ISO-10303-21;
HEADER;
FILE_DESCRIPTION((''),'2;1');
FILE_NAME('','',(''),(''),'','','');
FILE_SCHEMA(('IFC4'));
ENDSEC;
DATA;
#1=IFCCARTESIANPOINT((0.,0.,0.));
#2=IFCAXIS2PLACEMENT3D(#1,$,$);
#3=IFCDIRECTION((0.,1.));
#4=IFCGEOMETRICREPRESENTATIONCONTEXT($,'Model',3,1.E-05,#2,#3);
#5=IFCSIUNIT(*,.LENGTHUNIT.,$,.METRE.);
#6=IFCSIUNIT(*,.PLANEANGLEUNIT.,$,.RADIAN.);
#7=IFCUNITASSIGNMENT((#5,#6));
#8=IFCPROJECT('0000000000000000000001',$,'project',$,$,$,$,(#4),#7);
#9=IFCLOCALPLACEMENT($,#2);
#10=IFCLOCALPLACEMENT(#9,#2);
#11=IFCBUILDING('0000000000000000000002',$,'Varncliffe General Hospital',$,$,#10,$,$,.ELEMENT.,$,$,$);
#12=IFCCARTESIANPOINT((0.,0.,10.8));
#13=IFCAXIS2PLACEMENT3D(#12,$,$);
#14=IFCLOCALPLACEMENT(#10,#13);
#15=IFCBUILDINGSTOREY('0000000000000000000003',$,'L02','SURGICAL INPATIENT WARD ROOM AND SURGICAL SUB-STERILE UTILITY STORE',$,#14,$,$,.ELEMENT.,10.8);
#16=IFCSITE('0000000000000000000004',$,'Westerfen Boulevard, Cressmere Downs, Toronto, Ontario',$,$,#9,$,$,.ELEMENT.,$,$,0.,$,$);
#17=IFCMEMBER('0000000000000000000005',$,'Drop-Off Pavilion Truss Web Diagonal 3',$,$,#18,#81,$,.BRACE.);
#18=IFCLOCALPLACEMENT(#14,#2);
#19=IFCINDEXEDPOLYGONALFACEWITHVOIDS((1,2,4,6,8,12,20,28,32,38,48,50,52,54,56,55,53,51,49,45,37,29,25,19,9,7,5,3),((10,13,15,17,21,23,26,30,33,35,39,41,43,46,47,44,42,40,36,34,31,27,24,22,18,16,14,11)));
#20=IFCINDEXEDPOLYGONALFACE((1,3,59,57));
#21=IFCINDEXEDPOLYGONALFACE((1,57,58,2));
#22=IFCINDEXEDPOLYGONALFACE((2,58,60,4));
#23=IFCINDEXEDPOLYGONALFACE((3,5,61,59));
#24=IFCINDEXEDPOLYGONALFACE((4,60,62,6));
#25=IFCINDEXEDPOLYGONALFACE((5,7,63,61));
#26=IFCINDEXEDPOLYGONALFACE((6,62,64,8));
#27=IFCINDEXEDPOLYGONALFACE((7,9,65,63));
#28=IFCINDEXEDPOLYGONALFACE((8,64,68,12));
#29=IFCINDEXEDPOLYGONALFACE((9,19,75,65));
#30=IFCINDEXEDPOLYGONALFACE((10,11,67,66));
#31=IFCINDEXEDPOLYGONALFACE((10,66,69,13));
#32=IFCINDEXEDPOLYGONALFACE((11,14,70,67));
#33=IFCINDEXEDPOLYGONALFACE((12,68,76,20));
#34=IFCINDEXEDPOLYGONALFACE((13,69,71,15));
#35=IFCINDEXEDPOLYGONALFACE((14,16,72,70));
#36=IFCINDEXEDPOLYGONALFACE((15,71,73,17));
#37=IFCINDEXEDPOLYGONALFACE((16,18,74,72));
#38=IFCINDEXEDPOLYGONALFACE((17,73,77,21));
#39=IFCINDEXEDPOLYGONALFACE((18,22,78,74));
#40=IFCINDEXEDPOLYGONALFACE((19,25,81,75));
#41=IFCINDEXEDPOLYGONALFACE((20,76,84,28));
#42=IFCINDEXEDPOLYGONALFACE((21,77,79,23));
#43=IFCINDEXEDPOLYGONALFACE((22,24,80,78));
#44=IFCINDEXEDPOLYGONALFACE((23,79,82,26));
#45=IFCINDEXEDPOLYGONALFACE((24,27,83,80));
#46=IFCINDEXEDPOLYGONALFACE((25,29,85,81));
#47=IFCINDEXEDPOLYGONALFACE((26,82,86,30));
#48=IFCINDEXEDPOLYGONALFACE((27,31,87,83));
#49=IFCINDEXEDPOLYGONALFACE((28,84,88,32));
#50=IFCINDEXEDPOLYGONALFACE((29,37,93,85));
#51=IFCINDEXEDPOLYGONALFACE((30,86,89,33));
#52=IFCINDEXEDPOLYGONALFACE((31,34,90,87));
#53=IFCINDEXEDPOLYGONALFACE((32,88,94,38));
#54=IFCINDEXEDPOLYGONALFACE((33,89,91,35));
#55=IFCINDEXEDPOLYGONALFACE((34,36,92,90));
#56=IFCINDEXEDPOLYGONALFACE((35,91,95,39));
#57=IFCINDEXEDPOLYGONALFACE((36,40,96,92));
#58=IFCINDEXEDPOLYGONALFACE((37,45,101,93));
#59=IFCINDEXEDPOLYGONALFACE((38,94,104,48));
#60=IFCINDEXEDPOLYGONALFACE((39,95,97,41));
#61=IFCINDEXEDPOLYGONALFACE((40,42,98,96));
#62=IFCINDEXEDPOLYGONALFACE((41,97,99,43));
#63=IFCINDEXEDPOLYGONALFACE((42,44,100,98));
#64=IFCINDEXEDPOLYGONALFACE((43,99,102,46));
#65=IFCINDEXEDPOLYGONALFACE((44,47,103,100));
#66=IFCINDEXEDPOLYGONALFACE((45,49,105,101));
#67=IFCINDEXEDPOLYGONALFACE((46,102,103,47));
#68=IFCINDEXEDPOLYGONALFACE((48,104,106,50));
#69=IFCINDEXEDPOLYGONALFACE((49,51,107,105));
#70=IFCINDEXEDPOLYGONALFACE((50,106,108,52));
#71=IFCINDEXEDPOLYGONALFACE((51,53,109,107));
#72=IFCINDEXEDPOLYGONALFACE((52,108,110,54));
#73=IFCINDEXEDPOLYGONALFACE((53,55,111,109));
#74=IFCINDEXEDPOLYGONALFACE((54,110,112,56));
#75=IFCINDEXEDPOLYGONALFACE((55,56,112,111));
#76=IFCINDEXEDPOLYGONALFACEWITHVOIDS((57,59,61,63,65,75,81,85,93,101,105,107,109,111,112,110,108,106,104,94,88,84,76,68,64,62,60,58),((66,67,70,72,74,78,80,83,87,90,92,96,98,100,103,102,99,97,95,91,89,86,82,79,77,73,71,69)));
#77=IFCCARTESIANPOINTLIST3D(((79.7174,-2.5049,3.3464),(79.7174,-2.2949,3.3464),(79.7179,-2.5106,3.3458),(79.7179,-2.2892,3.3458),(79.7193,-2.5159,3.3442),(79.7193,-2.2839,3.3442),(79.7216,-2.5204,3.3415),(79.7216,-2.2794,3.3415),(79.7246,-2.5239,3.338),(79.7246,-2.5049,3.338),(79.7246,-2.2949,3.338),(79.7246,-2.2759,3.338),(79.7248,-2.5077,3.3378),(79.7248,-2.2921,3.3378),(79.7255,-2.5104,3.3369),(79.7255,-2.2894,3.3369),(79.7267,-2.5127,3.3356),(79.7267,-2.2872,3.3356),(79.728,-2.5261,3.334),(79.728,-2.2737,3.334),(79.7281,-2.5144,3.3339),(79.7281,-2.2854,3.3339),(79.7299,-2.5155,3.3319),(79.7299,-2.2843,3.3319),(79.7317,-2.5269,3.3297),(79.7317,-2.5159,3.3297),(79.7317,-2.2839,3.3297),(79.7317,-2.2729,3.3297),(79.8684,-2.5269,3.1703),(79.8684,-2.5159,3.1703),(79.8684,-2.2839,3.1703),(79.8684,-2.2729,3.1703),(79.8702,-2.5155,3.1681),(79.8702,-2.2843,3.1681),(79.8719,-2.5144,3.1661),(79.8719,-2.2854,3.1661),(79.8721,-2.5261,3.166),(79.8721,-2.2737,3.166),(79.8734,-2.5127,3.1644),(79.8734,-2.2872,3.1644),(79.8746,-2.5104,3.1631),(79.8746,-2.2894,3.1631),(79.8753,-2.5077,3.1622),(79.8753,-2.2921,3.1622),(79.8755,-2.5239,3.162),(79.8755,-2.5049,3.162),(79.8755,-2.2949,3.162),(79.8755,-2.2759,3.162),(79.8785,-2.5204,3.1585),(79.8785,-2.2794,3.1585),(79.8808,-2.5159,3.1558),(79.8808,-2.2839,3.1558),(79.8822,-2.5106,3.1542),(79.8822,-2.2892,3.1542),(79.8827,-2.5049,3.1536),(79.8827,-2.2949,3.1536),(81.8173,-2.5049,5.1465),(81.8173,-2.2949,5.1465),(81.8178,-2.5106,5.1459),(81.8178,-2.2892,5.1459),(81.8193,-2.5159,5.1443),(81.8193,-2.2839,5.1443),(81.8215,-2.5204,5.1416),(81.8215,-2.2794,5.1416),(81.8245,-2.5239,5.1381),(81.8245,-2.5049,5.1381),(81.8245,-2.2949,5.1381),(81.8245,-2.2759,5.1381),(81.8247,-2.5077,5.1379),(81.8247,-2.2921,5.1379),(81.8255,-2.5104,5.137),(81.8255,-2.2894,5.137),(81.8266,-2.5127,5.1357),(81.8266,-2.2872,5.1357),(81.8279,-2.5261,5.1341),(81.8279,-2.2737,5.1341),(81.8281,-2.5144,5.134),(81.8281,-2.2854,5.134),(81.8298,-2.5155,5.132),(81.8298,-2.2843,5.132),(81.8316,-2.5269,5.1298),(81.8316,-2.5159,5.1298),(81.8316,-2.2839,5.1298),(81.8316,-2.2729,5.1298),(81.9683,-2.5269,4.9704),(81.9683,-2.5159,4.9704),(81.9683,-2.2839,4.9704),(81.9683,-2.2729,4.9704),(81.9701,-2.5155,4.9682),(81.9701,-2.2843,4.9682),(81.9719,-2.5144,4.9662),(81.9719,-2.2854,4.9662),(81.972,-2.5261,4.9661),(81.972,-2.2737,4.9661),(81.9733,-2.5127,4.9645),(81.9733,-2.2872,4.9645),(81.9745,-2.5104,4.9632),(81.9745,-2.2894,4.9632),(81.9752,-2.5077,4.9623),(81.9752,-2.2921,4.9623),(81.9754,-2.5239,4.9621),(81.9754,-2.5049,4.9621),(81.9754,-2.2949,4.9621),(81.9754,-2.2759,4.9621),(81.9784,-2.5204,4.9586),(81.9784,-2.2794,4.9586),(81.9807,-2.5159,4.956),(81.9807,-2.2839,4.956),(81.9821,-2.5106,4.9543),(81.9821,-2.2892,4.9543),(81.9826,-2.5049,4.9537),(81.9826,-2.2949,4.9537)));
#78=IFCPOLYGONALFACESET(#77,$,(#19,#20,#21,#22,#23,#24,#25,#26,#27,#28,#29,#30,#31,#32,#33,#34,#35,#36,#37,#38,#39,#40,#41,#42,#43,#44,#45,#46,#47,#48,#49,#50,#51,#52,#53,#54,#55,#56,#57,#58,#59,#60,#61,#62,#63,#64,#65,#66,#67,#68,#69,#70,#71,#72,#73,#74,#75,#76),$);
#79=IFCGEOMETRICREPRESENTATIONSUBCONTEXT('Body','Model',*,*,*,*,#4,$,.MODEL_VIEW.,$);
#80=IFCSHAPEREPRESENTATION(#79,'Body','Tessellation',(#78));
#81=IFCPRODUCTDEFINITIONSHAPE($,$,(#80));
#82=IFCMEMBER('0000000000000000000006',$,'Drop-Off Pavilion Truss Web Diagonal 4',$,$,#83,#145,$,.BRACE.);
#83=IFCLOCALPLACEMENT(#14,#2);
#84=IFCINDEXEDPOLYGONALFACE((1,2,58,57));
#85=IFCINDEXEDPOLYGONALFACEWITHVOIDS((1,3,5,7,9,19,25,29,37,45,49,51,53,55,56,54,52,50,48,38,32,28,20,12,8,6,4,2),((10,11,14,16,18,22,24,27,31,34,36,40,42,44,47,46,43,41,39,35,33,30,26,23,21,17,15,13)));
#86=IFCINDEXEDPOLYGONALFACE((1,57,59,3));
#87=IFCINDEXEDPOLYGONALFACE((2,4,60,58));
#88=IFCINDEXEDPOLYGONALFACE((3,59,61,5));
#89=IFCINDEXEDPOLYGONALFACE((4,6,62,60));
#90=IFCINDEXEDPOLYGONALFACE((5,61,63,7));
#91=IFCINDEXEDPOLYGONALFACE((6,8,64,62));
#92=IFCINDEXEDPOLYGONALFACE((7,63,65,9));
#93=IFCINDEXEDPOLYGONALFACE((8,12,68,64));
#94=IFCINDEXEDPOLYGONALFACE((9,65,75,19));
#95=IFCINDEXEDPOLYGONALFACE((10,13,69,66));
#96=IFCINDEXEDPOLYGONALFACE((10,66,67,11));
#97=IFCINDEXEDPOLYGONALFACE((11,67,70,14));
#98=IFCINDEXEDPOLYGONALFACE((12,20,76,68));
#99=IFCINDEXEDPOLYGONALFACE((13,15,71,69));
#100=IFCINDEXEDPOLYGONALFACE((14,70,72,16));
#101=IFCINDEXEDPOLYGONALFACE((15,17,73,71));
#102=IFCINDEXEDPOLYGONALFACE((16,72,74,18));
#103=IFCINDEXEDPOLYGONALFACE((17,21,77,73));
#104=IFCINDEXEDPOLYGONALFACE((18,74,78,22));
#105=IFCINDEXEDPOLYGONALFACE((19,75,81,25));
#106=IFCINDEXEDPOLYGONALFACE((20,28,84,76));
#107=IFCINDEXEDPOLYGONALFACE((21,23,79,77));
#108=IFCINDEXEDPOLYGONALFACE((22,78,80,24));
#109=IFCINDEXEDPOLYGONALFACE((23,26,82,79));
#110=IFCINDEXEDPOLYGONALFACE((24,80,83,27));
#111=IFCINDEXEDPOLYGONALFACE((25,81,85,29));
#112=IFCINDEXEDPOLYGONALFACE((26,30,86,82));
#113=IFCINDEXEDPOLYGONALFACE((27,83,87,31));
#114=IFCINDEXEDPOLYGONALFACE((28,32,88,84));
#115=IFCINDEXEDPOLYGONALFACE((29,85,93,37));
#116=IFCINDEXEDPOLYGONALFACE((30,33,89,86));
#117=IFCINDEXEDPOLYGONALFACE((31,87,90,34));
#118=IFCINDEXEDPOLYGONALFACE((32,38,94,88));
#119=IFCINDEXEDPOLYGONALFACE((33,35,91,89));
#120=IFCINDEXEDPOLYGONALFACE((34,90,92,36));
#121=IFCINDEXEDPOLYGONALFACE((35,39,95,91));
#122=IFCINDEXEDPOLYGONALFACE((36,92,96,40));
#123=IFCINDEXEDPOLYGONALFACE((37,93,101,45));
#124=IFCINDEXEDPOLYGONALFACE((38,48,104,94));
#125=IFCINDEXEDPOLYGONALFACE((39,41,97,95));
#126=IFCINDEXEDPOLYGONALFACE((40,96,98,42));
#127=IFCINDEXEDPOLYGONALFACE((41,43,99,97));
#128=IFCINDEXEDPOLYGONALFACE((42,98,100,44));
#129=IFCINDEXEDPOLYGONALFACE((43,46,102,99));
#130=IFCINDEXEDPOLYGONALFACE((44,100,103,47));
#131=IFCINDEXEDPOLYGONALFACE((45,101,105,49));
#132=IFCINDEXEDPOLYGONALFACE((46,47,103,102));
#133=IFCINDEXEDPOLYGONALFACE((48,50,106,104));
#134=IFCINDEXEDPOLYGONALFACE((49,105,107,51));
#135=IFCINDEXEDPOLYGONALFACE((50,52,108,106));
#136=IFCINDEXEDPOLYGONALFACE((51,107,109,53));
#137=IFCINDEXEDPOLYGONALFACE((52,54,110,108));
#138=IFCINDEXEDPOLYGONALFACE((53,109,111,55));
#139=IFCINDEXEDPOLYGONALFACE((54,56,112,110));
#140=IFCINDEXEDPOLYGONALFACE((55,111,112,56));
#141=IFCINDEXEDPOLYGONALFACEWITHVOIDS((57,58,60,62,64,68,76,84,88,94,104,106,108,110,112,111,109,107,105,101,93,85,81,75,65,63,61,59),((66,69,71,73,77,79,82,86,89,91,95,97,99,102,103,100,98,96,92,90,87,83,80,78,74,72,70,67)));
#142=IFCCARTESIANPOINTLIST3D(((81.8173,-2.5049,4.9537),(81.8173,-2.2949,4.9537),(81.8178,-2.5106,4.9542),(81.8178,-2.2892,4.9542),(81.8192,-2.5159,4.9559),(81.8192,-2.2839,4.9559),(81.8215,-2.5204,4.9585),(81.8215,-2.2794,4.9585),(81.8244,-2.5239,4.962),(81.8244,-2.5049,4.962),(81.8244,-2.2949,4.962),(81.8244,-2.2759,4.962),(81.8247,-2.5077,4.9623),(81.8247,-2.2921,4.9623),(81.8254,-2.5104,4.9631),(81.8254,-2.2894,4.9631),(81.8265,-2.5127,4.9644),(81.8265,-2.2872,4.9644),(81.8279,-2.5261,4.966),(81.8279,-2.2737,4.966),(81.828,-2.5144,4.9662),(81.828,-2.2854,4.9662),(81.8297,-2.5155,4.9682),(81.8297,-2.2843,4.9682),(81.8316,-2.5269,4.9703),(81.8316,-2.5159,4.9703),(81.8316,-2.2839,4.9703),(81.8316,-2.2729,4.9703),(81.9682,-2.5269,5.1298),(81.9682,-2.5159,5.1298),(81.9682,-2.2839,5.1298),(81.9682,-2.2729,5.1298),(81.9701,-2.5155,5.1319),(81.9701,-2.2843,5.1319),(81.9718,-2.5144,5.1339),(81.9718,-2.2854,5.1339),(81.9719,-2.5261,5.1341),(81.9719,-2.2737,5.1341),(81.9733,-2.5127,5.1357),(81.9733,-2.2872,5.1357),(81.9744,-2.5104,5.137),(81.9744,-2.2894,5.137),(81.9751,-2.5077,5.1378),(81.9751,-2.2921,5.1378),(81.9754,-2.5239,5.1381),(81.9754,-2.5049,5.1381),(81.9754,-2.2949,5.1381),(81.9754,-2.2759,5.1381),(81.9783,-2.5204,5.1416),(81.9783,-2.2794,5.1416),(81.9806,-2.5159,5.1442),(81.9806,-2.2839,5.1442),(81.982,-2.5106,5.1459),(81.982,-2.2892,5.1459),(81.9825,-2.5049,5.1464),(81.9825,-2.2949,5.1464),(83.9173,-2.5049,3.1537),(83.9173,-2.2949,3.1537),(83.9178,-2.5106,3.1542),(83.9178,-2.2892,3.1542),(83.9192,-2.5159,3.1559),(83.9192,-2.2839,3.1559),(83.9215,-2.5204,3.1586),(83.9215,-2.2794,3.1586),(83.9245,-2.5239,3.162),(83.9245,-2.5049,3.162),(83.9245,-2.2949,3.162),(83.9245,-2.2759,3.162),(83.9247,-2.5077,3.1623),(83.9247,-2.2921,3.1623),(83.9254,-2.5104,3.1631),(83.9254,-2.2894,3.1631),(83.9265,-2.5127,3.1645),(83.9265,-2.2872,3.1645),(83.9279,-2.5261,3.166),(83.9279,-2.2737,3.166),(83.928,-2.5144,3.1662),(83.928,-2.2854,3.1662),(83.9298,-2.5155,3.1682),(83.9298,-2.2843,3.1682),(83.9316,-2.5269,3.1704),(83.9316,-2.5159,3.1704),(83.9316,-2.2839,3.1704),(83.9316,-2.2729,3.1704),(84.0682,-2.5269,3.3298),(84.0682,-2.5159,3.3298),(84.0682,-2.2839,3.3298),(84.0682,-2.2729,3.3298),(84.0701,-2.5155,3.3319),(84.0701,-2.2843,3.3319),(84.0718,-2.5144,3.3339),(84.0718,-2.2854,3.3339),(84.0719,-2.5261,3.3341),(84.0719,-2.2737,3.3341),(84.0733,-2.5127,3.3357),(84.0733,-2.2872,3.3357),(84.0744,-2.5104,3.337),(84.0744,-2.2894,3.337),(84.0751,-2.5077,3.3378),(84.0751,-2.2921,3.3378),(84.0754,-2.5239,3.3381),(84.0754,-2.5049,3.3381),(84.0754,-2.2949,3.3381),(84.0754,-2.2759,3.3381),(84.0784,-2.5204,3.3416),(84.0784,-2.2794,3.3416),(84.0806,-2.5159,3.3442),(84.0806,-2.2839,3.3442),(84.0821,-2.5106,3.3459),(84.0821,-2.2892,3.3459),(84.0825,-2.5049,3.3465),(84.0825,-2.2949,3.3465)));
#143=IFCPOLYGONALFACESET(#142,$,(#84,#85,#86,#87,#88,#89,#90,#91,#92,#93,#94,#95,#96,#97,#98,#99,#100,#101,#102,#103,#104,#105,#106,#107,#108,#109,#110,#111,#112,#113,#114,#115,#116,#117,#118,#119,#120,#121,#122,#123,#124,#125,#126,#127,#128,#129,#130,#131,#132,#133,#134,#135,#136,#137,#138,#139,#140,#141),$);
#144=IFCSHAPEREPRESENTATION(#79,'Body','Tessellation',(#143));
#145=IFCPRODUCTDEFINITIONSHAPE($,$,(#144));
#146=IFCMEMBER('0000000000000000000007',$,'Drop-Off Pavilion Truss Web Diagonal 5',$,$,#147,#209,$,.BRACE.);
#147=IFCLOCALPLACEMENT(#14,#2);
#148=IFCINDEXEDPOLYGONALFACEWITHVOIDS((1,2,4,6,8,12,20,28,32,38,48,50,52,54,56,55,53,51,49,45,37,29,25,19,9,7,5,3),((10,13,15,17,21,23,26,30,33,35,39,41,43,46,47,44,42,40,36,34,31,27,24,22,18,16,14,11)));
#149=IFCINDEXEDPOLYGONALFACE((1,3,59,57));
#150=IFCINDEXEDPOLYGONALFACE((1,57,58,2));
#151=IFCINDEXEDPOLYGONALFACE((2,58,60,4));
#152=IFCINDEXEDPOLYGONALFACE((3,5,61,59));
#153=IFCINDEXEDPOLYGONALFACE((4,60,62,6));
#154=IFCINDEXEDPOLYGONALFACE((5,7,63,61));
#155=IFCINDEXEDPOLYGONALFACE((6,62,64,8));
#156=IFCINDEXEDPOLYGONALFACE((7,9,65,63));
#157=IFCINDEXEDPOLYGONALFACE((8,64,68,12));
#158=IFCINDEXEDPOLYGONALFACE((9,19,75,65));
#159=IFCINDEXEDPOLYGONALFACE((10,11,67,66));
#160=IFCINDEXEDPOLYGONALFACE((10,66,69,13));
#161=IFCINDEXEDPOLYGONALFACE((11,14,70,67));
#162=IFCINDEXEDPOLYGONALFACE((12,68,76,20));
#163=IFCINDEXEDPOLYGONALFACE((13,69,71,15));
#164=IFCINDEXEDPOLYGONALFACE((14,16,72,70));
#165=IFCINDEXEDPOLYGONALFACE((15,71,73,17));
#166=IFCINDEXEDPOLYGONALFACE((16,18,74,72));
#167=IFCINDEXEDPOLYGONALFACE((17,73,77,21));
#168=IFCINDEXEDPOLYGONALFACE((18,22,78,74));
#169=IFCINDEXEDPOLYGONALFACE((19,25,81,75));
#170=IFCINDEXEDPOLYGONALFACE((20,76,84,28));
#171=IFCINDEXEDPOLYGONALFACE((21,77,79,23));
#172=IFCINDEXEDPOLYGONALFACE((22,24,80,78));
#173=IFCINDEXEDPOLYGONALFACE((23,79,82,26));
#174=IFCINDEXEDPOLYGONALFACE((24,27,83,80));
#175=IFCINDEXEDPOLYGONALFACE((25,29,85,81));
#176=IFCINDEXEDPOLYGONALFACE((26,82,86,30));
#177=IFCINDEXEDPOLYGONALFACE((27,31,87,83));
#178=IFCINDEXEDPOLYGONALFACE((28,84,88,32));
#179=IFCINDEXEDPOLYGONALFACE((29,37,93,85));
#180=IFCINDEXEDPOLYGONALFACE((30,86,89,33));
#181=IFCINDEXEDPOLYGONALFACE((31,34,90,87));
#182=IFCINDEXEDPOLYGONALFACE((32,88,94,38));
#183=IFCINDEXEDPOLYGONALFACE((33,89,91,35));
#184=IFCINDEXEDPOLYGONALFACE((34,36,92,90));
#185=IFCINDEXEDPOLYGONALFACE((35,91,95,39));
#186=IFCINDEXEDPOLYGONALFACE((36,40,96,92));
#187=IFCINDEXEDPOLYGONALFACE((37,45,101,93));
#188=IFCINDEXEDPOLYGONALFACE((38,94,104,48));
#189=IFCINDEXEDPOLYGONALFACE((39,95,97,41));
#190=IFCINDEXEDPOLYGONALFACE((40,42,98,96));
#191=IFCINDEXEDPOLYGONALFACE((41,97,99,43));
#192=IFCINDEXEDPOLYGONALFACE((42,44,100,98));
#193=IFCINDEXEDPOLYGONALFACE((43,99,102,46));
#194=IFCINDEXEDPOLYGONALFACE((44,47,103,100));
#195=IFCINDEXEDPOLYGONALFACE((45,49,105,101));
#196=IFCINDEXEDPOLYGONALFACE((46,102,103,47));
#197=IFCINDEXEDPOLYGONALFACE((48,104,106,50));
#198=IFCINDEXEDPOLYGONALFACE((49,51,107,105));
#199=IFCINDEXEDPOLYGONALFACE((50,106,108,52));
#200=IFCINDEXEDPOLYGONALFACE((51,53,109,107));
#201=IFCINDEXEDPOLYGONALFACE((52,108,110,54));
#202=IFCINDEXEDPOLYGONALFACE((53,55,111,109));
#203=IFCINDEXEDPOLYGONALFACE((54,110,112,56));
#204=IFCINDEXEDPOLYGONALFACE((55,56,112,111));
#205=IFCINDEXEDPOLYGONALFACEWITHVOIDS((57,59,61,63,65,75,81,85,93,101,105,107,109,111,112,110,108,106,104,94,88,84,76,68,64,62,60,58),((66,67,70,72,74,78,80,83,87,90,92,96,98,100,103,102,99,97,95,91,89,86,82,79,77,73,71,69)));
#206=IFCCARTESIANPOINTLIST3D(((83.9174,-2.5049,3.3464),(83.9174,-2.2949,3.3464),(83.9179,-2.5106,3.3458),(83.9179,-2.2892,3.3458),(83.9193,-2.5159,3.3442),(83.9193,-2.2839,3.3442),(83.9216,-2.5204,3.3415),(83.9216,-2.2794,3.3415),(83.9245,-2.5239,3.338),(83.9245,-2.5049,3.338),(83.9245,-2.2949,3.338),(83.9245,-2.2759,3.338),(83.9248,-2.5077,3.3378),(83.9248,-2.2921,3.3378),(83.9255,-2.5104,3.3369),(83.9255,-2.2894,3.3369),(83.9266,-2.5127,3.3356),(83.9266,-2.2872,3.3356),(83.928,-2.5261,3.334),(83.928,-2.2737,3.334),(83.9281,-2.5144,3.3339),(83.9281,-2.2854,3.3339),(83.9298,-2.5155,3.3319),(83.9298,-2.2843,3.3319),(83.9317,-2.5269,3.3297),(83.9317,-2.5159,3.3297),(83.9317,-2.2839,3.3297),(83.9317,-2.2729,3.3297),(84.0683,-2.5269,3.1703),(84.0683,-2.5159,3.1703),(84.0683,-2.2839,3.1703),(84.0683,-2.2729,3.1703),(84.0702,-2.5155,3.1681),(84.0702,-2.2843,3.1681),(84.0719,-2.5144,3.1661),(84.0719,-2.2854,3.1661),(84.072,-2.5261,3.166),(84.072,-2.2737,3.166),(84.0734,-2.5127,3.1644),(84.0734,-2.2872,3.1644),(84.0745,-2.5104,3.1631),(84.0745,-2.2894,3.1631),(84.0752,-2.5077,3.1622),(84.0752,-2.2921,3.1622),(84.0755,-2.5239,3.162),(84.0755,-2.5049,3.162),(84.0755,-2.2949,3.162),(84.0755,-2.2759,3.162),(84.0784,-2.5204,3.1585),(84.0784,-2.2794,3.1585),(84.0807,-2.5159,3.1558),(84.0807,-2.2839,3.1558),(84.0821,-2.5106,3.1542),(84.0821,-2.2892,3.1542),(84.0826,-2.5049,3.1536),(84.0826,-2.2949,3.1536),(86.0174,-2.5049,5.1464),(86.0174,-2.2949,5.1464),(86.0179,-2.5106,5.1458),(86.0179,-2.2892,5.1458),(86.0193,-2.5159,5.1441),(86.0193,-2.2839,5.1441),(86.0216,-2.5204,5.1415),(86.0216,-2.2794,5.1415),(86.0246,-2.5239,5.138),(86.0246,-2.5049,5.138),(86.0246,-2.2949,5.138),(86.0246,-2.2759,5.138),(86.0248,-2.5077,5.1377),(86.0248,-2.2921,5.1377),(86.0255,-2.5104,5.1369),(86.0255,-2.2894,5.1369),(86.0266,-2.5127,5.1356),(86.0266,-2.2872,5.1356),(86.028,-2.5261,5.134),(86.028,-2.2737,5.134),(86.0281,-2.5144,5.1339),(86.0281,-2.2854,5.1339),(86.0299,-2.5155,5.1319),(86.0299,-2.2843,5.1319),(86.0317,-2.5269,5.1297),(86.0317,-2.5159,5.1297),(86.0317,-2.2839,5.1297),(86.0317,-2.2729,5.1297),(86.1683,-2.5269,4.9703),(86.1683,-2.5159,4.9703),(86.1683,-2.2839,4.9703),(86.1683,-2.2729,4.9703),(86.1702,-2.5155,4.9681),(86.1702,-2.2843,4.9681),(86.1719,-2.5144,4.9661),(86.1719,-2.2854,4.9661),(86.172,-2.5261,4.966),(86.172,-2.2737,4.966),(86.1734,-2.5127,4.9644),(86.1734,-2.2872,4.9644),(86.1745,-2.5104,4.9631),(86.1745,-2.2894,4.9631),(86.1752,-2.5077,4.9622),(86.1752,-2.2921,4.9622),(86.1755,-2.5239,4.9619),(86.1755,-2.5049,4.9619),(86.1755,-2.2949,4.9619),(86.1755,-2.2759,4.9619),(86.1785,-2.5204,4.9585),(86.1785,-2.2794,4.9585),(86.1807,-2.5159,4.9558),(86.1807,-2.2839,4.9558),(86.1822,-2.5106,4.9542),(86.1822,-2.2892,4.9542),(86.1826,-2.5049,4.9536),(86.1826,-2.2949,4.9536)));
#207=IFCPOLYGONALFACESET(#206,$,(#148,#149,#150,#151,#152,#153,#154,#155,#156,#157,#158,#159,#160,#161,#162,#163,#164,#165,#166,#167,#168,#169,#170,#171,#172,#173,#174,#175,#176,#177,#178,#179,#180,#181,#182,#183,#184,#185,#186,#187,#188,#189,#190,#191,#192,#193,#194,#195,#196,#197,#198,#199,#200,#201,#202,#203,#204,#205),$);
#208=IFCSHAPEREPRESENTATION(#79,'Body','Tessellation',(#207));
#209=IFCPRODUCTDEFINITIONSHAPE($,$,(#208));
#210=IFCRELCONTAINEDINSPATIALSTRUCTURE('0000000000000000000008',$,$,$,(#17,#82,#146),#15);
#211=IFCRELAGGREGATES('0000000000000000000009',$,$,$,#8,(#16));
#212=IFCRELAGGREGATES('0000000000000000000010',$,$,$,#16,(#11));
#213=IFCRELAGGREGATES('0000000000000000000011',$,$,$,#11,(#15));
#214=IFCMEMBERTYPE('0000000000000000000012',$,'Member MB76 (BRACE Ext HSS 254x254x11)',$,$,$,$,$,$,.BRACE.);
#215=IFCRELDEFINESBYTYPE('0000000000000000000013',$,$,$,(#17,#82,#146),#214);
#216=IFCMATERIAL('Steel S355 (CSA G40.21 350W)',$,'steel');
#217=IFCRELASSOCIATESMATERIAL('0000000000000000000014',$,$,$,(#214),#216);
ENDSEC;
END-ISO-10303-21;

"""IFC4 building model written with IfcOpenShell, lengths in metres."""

from ifc_helpers import new_model, si_unit, direction, frame, origin, origin_2d, place, context, subcontext, project, spatial, hollow_rectangle, extrude, material, material_profile, profile_set, type_object, element, save


model = new_model("IFC4")

# Units and contexts
model_context = context("Model", 3, precision=1e-05, world=origin(), true_north=direction((0.0, 1.0)))
body_context = subcontext(model_context, "Body", "Model", "MODEL_VIEW")
ifc_project = project(units=[si_unit("LENGTHUNIT", "METRE"), si_unit("PLANEANGLEUNIT", "RADIAN")], contexts=[model_context])

# Site, building, storey
site_placement = place(None, origin())
site = spatial("IfcSite", under=ifc_project, at=site_placement, Name="Westerfen Boulevard, Cressmere Downs, Toronto, Ontario", CompositionType="ELEMENT", RefElevation=0.0)
building_placement = place(site_placement, origin())
building = spatial("IfcBuilding", under=site, at=building_placement, Name="Varncliffe General Hospital", CompositionType="ELEMENT")
storey_placement = place(building_placement, frame((0.0, 0.0, 10.8)))
storey = spatial("IfcBuildingStorey", under=building, at=storey_placement, Name="L02", Description="SURGICAL INPATIENT WARD ROOM AND SURGICAL SUB-STERILE UTILITY STORE", CompositionType="ELEMENT", Elevation=10.8)

# Shared definitions
ifc_material_1 = material(Name="Steel S355 (CSA G40.21 350W)", Category="steel")

# Members
ifc_material_profile_1 = material_profile(ifc_material_1, hollow_rectangle(XDim=0.2539, YDim=0.2539, WallThickness=0.011, InnerFilletRadius=0.011, OuterFilletRadius=0.022, at=origin_2d()), Name="HSS 254x254x11")
ifc_profile_set_1 = profile_set([ifc_material_profile_1], Name="Steel S355 (CSA G40.21 350W)")
member_type = type_object("IfcMemberType", Name="Member MB76 (BRACE Ext HSS 254x254x11)", PredefinedType="BRACE", material=ifc_profile_set_1)
for number, where, z_axis, x_axis, name in (
    (1, (79.8, -2.3999, 3.25), (0.759225, 0.0, 0.650828), (0.0, 1.0, 0.0), "Drop-Off Pavilion Truss Web Diagonal 3"),
    (2, (81.8999, -2.3999, 5.05), (0.759263, 0.0, -0.650784), (0.0, 1.0, 0.0), "Drop-Off Pavilion Truss Web Diagonal 4"),
    (3, (84.0, -2.3999, 3.25), (0.759263, 0.0, 0.650784), (0.0, 1.0, 0.0), "Drop-Off Pavilion Truss Web Diagonal 5"),
):
    element("IfcMember", number, at=place(storey_placement, frame(where, z_axis=z_axis, x_axis=x_axis)), inside=storey, type_object=member_type, Name=name, PredefinedType="BRACE", context=body_context, shape_type="SweptSolid", body=[
        extrude(hollow_rectangle(XDim=0.2539, YDim=0.2539, WallThickness=0.011, InnerFilletRadius=0.011, OuterFilletRadius=0.022, at=origin_2d()), origin(), (0.0, 0.0, 1.0), 2.7659),
    ])

save(model, "model.ifc")
